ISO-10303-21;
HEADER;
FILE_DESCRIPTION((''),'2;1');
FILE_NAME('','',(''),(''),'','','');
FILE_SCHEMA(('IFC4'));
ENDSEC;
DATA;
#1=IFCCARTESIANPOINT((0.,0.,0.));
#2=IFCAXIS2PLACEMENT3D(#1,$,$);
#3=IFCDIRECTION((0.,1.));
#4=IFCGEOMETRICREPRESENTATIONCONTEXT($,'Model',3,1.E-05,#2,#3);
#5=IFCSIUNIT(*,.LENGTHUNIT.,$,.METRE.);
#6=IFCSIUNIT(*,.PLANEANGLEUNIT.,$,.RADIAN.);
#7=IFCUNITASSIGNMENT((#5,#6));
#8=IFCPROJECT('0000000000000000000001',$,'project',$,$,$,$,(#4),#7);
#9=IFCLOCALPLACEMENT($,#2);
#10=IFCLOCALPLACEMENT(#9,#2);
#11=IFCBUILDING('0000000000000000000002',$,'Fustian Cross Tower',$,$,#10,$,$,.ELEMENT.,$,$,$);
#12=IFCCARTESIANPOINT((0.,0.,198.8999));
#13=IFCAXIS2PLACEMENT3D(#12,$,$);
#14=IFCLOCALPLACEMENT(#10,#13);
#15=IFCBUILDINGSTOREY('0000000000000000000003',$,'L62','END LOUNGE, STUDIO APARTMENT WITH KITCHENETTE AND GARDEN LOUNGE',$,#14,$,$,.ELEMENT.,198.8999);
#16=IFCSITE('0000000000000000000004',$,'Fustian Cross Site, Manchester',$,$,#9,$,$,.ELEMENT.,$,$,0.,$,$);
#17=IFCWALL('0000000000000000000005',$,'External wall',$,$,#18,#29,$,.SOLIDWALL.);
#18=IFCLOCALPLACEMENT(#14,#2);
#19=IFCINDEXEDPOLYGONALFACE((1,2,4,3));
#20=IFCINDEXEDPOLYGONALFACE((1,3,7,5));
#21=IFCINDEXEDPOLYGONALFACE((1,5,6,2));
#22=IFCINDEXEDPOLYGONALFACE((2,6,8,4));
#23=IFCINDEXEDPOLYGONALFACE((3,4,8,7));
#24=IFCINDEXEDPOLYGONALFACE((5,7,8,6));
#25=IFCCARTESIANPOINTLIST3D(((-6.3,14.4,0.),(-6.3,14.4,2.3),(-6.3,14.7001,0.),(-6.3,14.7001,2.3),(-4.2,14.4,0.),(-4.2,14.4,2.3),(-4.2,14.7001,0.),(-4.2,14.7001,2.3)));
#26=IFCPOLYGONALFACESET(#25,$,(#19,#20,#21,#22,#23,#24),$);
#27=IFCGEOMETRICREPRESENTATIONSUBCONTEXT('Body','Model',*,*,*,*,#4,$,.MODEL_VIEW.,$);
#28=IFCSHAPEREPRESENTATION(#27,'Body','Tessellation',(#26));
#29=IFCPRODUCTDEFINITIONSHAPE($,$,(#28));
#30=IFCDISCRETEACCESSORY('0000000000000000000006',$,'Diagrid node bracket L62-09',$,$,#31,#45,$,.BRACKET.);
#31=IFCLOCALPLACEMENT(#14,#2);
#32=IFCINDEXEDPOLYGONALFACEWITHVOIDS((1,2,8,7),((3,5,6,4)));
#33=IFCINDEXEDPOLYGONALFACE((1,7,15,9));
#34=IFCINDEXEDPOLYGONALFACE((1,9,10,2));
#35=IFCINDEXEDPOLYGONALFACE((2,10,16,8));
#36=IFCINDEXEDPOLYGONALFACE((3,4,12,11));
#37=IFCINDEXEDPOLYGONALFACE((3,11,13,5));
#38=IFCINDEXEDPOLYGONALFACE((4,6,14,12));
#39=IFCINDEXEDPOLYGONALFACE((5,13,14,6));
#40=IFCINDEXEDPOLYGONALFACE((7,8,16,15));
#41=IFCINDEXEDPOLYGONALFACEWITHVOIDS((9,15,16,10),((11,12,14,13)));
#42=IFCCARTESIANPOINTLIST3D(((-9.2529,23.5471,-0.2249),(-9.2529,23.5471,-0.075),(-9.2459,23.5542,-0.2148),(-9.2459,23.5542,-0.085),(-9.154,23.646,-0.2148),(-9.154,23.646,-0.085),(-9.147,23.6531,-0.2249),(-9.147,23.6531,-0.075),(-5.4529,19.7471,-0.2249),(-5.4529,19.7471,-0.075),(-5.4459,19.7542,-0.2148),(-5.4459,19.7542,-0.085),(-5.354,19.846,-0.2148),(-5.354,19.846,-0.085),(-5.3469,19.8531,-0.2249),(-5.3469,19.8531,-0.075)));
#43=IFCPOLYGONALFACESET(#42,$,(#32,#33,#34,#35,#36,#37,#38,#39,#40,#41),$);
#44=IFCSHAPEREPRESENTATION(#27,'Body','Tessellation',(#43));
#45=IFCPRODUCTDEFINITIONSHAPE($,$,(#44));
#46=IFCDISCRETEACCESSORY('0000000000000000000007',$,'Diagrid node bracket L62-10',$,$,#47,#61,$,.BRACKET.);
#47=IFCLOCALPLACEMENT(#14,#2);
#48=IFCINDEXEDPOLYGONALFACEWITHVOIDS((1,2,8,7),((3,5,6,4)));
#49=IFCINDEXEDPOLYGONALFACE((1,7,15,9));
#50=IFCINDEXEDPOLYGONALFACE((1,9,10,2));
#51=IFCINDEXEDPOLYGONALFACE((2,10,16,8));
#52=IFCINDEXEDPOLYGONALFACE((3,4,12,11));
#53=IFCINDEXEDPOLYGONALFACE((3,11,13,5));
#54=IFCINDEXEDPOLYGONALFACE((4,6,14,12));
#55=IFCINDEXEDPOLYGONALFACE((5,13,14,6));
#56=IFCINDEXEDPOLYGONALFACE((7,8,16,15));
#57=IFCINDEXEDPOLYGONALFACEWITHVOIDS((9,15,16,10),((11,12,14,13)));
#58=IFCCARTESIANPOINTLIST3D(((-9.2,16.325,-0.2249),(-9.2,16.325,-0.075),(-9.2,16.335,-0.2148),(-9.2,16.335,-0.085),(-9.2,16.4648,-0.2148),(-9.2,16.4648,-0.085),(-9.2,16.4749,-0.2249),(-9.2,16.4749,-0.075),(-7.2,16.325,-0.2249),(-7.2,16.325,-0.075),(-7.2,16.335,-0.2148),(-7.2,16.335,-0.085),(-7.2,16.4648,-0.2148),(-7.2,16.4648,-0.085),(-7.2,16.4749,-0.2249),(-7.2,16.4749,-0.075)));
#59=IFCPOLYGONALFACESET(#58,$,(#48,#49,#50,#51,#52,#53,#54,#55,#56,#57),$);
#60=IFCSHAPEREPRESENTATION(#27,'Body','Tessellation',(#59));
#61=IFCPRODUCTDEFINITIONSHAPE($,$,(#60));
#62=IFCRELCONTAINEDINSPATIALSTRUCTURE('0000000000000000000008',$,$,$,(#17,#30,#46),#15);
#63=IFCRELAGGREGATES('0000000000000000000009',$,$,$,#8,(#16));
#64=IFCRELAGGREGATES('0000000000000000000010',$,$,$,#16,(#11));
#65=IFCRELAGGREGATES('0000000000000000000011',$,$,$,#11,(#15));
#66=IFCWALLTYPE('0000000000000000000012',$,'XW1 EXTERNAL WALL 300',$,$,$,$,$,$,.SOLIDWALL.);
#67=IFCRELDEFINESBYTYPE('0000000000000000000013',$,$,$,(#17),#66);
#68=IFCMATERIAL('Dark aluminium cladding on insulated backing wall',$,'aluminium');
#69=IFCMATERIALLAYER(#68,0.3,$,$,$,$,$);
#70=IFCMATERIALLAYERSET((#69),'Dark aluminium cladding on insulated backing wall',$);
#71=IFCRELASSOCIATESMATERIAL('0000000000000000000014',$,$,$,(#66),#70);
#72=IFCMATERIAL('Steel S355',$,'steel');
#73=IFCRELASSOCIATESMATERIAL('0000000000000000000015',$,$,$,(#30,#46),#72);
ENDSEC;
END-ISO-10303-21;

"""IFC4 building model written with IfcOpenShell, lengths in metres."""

from ifc_helpers import new_model, si_unit, direction, frame, frame_2d, origin, origin_2d, place, context, subcontext, project, spatial, rectangle, hollow_rectangle, extrude, material, layer, layer_set, type_object, element, save


model = new_model("IFC4")

# Units and contexts
model_context = context("Model", 3, precision=1e-05, world=origin(), true_north=direction((0.0, 1.0)))
body_context = subcontext(model_context, "Body", "Model", "MODEL_VIEW")
ifc_project = project(units=[si_unit("LENGTHUNIT", "METRE"), si_unit("PLANEANGLEUNIT", "RADIAN")], contexts=[model_context])

# Site, building, storey
site_placement = place(None, origin())
site = spatial("IfcSite", under=ifc_project, at=site_placement, Name="Fustian Cross Site, Manchester", CompositionType="ELEMENT", RefElevation=0.0)
building_placement = place(site_placement, origin())
building = spatial("IfcBuilding", under=site, at=building_placement, Name="Fustian Cross Tower", CompositionType="ELEMENT")
storey_placement = place(building_placement, frame((0.0, 0.0, 198.8999)))
storey = spatial("IfcBuildingStorey", under=building, at=storey_placement, Name="L62", Description="END LOUNGE, STUDIO APARTMENT WITH KITCHENETTE AND GARDEN LOUNGE", CompositionType="ELEMENT", Elevation=198.8999)

# Shared definitions
ifc_material_1 = material(Name="Dark aluminium cladding on insulated backing wall", Category="aluminium")
ifc_layer_1 = layer(ifc_material_1, 0.3)
ifc_layer_set_1 = layer_set([ifc_layer_1], Name="Dark aluminium cladding on insulated backing wall")
wall_type_1 = type_object("IfcWallType", Name="XW1 EXTERNAL WALL 300", PredefinedType="SOLIDWALL", material=ifc_layer_set_1)

# Wall
wall_1_placement = place(storey_placement, frame((-6.3, 14.55, 0.0), z_axis=(0.0, 0.0, 1.0), x_axis=(1.0, 0.0, 0.0)))
element("IfcWall", 1, at=wall_1_placement, inside=storey, type_object=wall_type_1, Name="External wall", PredefinedType="SOLIDWALL", context=body_context, shape_type="SweptSolid", body=[
    extrude(rectangle(XDim=2.1001, YDim=0.3, at=frame_2d((1.05, 0.0))), origin(), (0.0, 0.0, 1.0), 2.3),
])

# Discrete accessories
ifc_material_2 = material(Name="Steel S355", Category="steel")
discrete_accessory_1_placement = place(storey_placement, frame((-9.2, 23.6001, -0.1499), z_axis=(0.707107, -0.707107, 0.0), x_axis=(0.707107, 0.707107, 0.0)))
element("IfcDiscreteAccessory", 2, at=discrete_accessory_1_placement, inside=storey, material=ifc_material_2, Name="Diagrid node bracket L62-09", PredefinedType="BRACKET", context=body_context, shape_type="SweptSolid", body=[
    extrude(hollow_rectangle(XDim=0.1499, YDim=0.1499, WallThickness=0.01, at=origin_2d()), origin(), (0.0, 0.0, 1.0), 5.374),
])
discrete_accessory_2_placement = place(storey_placement, frame((-9.2, 16.3999, -0.1499), z_axis=(1.0, 0.0, 0.0), x_axis=(0.0, 1.0, 0.0)))
element("IfcDiscreteAccessory", 3, at=discrete_accessory_2_placement, inside=storey, material=ifc_material_2, Name="Diagrid node bracket L62-10", PredefinedType="BRACKET", context=body_context, shape_type="SweptSolid", body=[
    extrude(hollow_rectangle(XDim=0.1499, YDim=0.1499, WallThickness=0.01, at=origin_2d()), origin(), (0.0, 0.0, 1.0), 2.0),
])

save(model, "model.ifc")
